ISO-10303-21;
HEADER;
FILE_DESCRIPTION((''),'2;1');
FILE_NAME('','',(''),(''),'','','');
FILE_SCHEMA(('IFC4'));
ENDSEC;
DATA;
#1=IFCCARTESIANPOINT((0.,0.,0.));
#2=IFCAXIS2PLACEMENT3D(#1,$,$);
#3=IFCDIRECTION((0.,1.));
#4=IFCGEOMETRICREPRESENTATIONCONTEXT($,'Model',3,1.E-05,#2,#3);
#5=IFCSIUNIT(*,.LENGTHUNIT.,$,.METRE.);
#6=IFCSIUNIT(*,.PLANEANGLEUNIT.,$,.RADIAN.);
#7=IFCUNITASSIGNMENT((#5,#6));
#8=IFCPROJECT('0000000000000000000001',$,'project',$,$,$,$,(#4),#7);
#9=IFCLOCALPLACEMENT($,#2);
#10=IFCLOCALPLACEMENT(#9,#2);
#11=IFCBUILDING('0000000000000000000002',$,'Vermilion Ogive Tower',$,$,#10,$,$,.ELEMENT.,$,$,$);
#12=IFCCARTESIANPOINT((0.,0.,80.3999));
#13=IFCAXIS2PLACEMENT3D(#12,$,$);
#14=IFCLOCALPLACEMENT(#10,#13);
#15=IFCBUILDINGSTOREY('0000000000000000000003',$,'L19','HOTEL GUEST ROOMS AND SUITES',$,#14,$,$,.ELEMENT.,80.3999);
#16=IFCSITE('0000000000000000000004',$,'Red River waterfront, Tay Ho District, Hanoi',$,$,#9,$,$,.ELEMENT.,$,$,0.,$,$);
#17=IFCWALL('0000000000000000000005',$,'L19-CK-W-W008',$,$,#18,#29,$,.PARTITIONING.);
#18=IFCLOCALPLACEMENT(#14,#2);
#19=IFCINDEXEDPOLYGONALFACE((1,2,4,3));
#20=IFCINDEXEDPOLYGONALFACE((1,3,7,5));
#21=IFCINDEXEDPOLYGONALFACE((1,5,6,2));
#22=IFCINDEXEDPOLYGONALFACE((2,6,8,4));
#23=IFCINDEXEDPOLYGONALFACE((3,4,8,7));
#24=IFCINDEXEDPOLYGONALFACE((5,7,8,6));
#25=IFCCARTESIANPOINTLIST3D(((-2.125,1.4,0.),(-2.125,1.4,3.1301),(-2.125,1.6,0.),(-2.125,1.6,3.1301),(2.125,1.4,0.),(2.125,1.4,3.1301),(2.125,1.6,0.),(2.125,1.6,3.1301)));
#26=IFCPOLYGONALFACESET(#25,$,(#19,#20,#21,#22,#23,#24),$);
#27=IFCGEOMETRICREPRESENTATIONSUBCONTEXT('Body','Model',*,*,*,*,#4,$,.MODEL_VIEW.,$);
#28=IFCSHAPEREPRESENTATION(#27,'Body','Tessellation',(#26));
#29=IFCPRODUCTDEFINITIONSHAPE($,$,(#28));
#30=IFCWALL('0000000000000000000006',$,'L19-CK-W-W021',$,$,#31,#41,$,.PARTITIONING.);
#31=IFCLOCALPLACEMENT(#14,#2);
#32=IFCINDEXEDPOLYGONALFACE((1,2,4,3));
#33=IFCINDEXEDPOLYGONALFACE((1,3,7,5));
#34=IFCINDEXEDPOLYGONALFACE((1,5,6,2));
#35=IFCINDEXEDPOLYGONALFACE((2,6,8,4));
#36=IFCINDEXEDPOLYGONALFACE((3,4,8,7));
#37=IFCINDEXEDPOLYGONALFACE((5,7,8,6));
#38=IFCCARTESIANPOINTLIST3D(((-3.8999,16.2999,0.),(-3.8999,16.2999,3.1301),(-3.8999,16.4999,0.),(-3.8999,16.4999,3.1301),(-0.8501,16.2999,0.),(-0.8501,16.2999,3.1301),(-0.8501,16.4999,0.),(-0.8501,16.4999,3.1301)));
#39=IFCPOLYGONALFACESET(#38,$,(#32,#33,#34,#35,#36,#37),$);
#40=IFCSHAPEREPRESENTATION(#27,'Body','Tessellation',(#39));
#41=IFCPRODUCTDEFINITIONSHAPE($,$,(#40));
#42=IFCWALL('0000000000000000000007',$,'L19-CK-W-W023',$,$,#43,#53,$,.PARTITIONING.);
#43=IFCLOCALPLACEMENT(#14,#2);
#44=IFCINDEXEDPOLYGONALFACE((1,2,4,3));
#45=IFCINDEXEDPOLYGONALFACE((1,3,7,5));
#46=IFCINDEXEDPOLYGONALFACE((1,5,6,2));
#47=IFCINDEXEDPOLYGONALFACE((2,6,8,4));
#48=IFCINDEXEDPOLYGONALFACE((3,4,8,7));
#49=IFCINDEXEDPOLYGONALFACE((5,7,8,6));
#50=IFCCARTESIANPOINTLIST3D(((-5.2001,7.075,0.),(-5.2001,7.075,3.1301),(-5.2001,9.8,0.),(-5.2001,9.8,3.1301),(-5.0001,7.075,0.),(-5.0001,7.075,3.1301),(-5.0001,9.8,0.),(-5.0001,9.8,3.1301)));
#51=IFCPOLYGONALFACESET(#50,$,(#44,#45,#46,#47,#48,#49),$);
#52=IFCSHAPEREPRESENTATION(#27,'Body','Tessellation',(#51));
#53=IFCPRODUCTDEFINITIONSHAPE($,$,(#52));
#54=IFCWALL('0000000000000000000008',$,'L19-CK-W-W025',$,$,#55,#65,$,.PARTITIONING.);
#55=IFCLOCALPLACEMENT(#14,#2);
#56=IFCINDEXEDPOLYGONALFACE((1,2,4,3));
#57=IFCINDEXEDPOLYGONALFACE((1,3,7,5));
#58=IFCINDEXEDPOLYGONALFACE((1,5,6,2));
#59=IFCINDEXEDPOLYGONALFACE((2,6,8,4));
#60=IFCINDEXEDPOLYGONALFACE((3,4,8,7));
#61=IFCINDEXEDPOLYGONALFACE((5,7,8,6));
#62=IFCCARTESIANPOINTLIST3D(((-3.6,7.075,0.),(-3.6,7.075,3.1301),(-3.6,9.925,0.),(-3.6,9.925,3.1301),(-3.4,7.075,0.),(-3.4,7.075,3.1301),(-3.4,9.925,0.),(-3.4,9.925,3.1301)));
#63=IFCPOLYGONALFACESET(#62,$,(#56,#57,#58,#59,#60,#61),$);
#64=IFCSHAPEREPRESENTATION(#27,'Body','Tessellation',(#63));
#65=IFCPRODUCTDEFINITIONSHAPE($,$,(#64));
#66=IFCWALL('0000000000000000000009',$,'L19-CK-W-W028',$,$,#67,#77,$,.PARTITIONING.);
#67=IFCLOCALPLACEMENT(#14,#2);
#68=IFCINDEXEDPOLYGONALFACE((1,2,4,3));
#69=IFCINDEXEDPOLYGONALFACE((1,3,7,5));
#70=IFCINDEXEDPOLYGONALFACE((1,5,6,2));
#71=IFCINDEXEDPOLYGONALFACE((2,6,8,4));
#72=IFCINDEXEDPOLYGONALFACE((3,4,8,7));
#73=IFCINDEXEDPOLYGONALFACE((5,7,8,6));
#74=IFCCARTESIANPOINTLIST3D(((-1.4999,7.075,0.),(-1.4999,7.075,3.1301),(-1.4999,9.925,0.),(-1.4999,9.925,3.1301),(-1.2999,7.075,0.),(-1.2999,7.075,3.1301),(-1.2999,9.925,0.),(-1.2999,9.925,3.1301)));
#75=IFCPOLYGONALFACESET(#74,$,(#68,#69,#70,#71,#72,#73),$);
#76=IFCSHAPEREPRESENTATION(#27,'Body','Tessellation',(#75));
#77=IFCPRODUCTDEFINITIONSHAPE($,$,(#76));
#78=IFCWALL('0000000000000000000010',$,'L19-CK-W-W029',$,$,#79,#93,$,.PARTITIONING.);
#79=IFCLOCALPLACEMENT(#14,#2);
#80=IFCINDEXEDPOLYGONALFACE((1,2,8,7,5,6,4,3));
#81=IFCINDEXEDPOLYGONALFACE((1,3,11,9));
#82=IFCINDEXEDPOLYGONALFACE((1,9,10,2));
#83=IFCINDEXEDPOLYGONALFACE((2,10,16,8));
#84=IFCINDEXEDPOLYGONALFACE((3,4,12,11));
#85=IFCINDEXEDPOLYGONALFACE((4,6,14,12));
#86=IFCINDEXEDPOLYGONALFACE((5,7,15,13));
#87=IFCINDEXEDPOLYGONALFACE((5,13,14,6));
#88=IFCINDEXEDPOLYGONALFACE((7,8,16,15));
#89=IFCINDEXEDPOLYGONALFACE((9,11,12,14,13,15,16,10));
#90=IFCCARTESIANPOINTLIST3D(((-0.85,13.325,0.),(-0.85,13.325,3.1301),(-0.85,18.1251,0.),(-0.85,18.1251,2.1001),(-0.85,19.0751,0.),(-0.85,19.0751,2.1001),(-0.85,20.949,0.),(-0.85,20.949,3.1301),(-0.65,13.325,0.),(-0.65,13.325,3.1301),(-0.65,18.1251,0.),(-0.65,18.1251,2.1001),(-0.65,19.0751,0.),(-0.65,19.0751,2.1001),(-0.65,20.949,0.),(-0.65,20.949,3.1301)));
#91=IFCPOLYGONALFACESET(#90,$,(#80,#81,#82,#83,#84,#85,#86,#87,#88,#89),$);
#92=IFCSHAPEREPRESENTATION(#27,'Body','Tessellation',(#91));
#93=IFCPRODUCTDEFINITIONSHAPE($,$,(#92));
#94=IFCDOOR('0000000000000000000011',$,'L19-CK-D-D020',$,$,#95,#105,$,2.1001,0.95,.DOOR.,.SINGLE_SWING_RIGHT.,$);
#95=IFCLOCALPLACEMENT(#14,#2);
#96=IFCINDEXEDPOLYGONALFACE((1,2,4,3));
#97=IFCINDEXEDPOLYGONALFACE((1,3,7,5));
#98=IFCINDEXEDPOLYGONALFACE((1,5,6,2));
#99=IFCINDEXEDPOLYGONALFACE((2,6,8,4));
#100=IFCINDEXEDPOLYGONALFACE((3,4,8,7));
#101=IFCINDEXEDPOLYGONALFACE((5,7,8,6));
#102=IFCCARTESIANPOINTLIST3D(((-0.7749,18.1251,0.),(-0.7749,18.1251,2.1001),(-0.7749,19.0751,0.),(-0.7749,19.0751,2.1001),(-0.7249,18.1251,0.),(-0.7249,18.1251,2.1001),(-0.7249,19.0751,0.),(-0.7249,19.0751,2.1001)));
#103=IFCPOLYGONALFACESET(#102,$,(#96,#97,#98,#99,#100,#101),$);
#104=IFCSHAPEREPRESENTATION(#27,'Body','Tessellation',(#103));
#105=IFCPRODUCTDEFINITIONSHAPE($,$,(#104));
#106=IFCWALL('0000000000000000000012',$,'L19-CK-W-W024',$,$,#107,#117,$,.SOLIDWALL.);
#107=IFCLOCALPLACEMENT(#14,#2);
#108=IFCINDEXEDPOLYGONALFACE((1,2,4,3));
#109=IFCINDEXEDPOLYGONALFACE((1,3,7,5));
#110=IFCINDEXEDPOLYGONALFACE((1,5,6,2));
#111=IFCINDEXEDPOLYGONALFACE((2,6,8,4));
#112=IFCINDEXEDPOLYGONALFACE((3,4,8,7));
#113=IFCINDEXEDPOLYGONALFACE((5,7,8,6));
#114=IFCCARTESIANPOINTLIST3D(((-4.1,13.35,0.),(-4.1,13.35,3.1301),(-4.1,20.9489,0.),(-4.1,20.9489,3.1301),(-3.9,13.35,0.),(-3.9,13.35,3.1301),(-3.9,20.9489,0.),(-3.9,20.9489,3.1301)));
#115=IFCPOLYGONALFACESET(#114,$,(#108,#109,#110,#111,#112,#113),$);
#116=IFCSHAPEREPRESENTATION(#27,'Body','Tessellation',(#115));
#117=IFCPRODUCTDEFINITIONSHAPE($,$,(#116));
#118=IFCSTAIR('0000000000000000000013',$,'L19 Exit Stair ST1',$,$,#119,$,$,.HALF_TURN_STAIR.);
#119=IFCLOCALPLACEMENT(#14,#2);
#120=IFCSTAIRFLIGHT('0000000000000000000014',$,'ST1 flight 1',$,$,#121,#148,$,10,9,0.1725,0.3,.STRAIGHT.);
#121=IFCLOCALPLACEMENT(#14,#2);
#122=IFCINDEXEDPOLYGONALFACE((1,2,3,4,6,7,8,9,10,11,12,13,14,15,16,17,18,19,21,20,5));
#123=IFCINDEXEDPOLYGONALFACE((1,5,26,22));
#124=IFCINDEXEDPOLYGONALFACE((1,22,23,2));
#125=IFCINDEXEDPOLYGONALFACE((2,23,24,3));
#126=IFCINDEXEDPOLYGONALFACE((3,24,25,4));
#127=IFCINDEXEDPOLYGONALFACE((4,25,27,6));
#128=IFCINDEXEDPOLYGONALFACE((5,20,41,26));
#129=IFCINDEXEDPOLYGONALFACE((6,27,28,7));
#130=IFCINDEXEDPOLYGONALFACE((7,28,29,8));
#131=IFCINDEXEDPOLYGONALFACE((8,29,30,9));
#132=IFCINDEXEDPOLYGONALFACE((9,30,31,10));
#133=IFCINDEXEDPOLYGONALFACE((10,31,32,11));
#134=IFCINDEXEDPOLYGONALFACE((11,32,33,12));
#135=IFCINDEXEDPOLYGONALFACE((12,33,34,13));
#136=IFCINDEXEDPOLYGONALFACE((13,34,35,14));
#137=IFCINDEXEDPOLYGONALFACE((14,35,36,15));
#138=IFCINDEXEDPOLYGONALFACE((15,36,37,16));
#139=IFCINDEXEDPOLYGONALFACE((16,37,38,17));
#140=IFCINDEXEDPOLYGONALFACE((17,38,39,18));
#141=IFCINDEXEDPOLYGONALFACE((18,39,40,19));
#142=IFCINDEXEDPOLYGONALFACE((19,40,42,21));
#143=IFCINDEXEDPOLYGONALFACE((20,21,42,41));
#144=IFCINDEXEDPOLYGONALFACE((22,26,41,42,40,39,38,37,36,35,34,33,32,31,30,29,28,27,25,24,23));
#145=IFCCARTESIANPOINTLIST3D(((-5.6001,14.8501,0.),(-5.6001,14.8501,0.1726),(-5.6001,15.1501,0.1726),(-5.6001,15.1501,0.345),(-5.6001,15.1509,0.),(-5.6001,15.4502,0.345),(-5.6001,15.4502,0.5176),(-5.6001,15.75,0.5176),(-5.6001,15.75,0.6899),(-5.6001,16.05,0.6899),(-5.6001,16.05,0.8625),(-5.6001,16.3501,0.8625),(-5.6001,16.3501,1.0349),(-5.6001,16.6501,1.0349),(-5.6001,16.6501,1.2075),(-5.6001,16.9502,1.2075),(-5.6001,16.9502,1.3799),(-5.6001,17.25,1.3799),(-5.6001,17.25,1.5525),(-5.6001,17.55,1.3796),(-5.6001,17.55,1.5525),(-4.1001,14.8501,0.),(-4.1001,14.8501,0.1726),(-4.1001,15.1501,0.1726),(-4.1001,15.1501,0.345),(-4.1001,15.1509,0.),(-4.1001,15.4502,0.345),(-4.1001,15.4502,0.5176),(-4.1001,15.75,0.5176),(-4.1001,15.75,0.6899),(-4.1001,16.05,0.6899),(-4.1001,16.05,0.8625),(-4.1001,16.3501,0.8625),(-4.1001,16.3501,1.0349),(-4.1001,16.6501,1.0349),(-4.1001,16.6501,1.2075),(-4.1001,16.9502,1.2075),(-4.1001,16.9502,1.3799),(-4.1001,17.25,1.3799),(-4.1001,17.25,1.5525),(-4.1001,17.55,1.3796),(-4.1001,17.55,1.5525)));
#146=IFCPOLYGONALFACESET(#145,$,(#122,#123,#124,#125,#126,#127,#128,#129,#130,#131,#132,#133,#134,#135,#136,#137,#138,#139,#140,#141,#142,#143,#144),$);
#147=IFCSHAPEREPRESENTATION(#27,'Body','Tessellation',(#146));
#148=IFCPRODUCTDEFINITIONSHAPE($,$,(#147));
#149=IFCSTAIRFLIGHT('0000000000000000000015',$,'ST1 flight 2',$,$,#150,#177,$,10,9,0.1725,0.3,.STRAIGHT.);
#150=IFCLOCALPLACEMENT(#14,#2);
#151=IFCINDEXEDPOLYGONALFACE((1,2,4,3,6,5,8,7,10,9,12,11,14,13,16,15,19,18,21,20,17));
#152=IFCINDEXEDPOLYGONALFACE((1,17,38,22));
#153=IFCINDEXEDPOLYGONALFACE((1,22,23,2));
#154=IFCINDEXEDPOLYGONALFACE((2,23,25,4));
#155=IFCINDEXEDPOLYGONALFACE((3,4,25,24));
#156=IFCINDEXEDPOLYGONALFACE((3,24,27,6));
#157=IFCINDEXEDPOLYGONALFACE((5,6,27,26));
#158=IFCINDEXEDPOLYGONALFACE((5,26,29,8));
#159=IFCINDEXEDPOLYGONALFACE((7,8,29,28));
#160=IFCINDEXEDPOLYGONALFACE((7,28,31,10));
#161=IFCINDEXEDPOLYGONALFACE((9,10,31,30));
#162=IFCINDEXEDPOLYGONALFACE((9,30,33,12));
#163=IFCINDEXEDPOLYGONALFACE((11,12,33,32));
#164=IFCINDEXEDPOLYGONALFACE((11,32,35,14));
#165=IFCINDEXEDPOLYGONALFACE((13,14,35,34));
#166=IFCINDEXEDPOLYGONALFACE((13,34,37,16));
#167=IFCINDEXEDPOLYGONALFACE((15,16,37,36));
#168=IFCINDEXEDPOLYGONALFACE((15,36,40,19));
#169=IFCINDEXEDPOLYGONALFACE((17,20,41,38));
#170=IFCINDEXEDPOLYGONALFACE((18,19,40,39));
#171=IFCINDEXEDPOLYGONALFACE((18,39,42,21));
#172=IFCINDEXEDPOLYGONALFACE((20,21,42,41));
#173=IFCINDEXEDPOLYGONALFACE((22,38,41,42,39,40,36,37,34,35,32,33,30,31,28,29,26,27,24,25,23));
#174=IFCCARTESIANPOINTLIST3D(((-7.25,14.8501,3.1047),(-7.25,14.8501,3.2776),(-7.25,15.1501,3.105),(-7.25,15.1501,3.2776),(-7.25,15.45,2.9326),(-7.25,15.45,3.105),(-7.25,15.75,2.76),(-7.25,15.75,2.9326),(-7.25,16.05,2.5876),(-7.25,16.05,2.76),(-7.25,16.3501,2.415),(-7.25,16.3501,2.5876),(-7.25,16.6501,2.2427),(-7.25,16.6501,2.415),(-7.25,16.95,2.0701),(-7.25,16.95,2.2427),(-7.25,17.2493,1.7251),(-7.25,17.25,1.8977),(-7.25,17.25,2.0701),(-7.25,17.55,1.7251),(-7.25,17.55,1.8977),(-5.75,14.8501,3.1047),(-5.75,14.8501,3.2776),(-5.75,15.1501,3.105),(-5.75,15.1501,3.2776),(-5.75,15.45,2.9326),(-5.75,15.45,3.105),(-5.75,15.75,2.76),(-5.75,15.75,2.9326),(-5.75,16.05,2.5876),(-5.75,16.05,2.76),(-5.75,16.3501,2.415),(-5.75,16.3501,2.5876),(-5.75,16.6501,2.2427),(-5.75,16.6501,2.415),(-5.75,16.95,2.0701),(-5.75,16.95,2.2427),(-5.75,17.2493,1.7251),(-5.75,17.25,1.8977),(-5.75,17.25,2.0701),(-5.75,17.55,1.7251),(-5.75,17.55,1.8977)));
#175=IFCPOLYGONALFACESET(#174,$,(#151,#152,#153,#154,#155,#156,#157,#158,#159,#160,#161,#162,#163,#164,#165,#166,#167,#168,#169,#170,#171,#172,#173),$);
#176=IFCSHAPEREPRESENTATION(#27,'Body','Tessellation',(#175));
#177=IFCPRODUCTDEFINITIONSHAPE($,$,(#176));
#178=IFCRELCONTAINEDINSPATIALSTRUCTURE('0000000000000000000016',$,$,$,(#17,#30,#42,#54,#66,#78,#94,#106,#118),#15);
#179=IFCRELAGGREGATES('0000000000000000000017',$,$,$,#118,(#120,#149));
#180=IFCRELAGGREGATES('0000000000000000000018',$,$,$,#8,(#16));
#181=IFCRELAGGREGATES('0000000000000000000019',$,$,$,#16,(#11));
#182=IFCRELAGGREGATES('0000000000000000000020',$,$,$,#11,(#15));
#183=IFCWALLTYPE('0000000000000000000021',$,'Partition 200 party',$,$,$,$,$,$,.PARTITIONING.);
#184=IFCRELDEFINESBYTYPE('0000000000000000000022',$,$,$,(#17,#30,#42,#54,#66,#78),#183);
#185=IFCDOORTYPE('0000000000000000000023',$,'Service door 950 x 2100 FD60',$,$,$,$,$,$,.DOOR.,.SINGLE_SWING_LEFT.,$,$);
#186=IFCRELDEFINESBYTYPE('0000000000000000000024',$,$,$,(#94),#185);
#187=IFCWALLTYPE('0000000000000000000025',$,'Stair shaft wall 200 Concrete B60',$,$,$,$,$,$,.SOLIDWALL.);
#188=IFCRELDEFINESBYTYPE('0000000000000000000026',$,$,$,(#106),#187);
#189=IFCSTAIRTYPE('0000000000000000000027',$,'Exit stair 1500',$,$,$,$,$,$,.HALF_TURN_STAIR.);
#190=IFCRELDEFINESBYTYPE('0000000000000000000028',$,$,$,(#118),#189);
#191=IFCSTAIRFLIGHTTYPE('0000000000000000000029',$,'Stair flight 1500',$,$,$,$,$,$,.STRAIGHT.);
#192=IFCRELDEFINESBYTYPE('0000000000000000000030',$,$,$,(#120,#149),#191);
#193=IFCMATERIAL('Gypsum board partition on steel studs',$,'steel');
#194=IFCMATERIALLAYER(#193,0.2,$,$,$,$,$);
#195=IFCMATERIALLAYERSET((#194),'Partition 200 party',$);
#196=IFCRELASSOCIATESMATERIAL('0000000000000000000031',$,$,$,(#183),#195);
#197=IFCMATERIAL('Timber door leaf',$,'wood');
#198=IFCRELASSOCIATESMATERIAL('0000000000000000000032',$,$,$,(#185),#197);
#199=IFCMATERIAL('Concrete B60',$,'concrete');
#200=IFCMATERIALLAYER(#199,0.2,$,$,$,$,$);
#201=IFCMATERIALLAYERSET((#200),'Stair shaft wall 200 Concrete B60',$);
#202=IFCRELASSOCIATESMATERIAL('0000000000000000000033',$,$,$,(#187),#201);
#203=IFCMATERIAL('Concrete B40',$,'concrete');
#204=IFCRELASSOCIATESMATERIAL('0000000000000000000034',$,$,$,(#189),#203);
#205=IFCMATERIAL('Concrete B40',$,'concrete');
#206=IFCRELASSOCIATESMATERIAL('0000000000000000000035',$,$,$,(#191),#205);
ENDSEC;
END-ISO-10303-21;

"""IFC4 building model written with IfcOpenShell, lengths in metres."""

from ifc_helpers import new_model, si_unit, direction, frame, frame_2d, origin, place, context, subcontext, project, spatial, polyline, rectangle, outline, extrude, material, layer, layer_set, type_object, element, fill, aggregate, save


model = new_model("IFC4")

# Units and contexts
model_context = context("Model", 3, precision=1e-05, world=origin(), true_north=direction((0.0, 1.0)))
body_context = subcontext(model_context, "Body", "Model", "MODEL_VIEW")
ifc_project = project(units=[si_unit("LENGTHUNIT", "METRE"), si_unit("PLANEANGLEUNIT", "RADIAN")], contexts=[model_context])

# Site, building, storey
site_placement = place(None, origin())
site = spatial("IfcSite", under=ifc_project, at=site_placement, Name="Red River waterfront, Tay Ho District, Hanoi", CompositionType="ELEMENT", RefElevation=0.0)
building_placement = place(site_placement, origin())
building = spatial("IfcBuilding", under=site, at=building_placement, Name="Vermilion Ogive Tower", CompositionType="ELEMENT")
storey_placement = place(building_placement, frame((0.0, 0.0, 80.3999)))
storey = spatial("IfcBuildingStorey", under=building, at=storey_placement, Name="L19", Description="HOTEL GUEST ROOMS AND SUITES", CompositionType="ELEMENT", Elevation=80.3999)

# Walls
ifc_material_1 = material(Name="Gypsum board partition on steel studs", Category="steel")
ifc_layer_1 = layer(ifc_material_1, 0.2)
ifc_layer_set_1 = layer_set([ifc_layer_1], Name="Partition 200 party")
wall_type_1 = type_object("IfcWallType", Name="Partition 200 party", PredefinedType="PARTITIONING", material=ifc_layer_set_1)
wall_1_placement = place(storey_placement, frame((-2.125, 1.5, 0.0), z_axis=(0.0, 0.0, 1.0), x_axis=(1.0, 0.0, 0.0)))
element("IfcWall", 1, at=wall_1_placement, inside=storey, type_object=wall_type_1, Name="L19-CK-W-W008", PredefinedType="PARTITIONING", context=body_context, shape_type="SweptSolid", body=[
    extrude(rectangle(XDim=4.25, YDim=0.2, at=frame_2d((2.125, 0.0))), origin(), (0.0, 0.0, 1.0), 3.1301),
])
wall_2_placement = place(storey_placement, frame((-3.8999, 16.3999, 0.0), z_axis=(0.0, 0.0, 1.0), x_axis=(1.0, 0.0, 0.0)))
element("IfcWall", 2, at=wall_2_placement, inside=storey, type_object=wall_type_1, Name="L19-CK-W-W021", PredefinedType="PARTITIONING", context=body_context, shape_type="SweptSolid", body=[
    extrude(rectangle(XDim=3.0498, YDim=0.2, at=frame_2d((1.5249, 0.0))), origin(), (0.0, 0.0, 1.0), 3.1301),
])
wall_3_placement = place(storey_placement, frame((-5.1001, 7.075, 0.0), z_axis=(0.0, 0.0, 1.0), x_axis=(0.0, 1.0, 0.0)))
element("IfcWall", 3, at=wall_3_placement, inside=storey, type_object=wall_type_1, Name="L19-CK-W-W023", PredefinedType="PARTITIONING", context=body_context, shape_type="SweptSolid", body=[
    extrude(rectangle(XDim=2.7251, YDim=0.2, at=frame_2d((1.3625, 0.0))), origin(), (0.0, 0.0, 1.0), 3.1301),
])
for number, where, z_axis, x_axis, name in (
    (4, (-3.5, 7.075, 0.0), (0.0, 0.0, 1.0), (0.0, 1.0, 0.0), "L19-CK-W-W025"),
    (5, (-1.3999, 7.075, 0.0), (0.0, 0.0, 1.0), (0.0, 1.0, 0.0), "L19-CK-W-W028"),
):
    element("IfcWall", number, at=place(storey_placement, frame(where, z_axis=z_axis, x_axis=x_axis)), inside=storey, type_object=wall_type_1, Name=name, PredefinedType="PARTITIONING", context=body_context, shape_type="SweptSolid", body=[
        extrude(rectangle(XDim=2.8501, YDim=0.2, at=frame_2d((1.425, 0.0))), origin(), (0.0, 0.0, 1.0), 3.1301),
    ])

# Wall, opening, door
wall_4_placement = place(storey_placement, frame((-0.75, 13.325, 0.0), z_axis=(0.0, 0.0, 1.0), x_axis=(0.0, 1.0, 0.0)))
wall_4 = element("IfcWall", 6, at=wall_4_placement, inside=storey, type_object=wall_type_1, Name="L19-CK-W-W029", PredefinedType="PARTITIONING", context=body_context, shape_type="SweptSolid", body=[
    extrude(rectangle(XDim=7.624, YDim=0.2, at=frame_2d((3.812, 0.0))), origin(), (0.0, 0.0, 1.0), 3.1301),
])
opening_1_placement = place(wall_4_placement, frame((4.8, 0.0, 0.0)))
opening_1 = element("IfcOpeningElement", 7, at=opening_1_placement, cuts=wall_4, PredefinedType="OPENING", context=body_context, shape_type="SweptSolid", body=[
    extrude(rectangle(XDim=0.95, YDim=2.1001, at=frame_2d((0.4751, 1.05))), frame((0.0, 0.1099, 0.0), z_axis=(0.0, -1.0, 0.0), x_axis=(1.0, 0.0, 0.0)), (0.0, 0.0, 1.0), 0.22),
])
ifc_material_2 = material(Name="Timber door leaf", Category="wood")
door_type_1 = type_object("IfcDoorType", Name="Service door 950 x 2100 FD60", OperationType="SINGLE_SWING_LEFT", PredefinedType="DOOR", material=ifc_material_2)
door_1_placement = place(opening_1_placement, origin())
door_1 = element("IfcDoor", 8, at=door_1_placement, inside=storey, type_object=door_type_1, Name="L19-CK-D-D020", OperationType="SINGLE_SWING_RIGHT", OverallHeight=2.1001, OverallWidth=0.95, PredefinedType="DOOR", context=body_context, shape_type="SweptSolid", body=[
    extrude(rectangle(XDim=0.95, YDim=2.1001, at=frame_2d((0.4751, 1.05))), frame((0.0, 0.0249, 0.0), z_axis=(0.0, -1.0, 0.0), x_axis=(1.0, 0.0, 0.0)), (0.0, 0.0, 1.0), 0.05),
])
fill(opening_1, door_1)

# Wall
ifc_material_3 = material(Name="Concrete B60", Category="concrete")
ifc_layer_2 = layer(ifc_material_3, 0.2)
ifc_layer_set_2 = layer_set([ifc_layer_2], Name="Stair shaft wall 200 Concrete B60")
wall_type_2 = type_object("IfcWallType", Name="Stair shaft wall 200 Concrete B60", PredefinedType="SOLIDWALL", material=ifc_layer_set_2)
wall_5_placement = place(storey_placement, frame((-4.0, 13.3501, 0.0), z_axis=(0.0, 0.0, 1.0), x_axis=(0.0, 1.0, 0.0)))
element("IfcWall", 9, at=wall_5_placement, inside=storey, type_object=wall_type_2, Name="L19-CK-W-W024", PredefinedType="SOLIDWALL", context=body_context, shape_type="SweptSolid", body=[
    extrude(rectangle(XDim=7.5989, YDim=0.2, at=frame_2d((3.7993, 0.0))), origin(), (0.0, 0.0, 1.0), 3.1301),
])

# Stair, stair flights
ifc_material_4 = material(Name="Concrete B40", Category="concrete")
stair_type = type_object("IfcStairType", Name="Exit stair 1500", PredefinedType="HALF_TURN_STAIR", material=ifc_material_4)
stair_placement = place(storey_placement, origin())
stair = element("IfcStair", 10, at=stair_placement, inside=storey, type_object=stair_type, Name="L19 Exit Stair ST1", PredefinedType="HALF_TURN_STAIR")
ifc_material_5 = material(Name="Concrete B40", Category="concrete")
stair_flight_type = type_object("IfcStairFlightType", Name="Stair flight 1500", PredefinedType="STRAIGHT", material=ifc_material_5)
stair_flight_1_placement = place(storey_placement, frame((-4.8501, 14.8501, 0.0), z_axis=(0.0, 0.0, 1.0), x_axis=(0.0, 1.0, 0.0)))
stair_flight_1 = element("IfcStairFlight", 11, at=stair_flight_1_placement, type_object=stair_flight_type, Name="ST1 flight 1", NumberOfRisers=10, NumberOfTreads=9, PredefinedType="STRAIGHT", RiserHeight=0.1725, TreadLength=0.3, context=body_context, shape_type="SweptSolid", body=[
    extrude(outline(polyline([(0.0, 0.0), (0.0, 0.1726), (0.3, 0.1726), (0.3, 0.345), (0.6001, 0.345), (0.6001, 0.5176), (0.8999, 0.5176), (0.8999, 0.6899), (1.2, 0.6899), (1.2, 0.8625), (1.5, 0.8625), (1.5, 1.0349), (1.8, 1.0349), (1.8, 1.2075), (2.1001, 1.2075), (2.1001, 1.3799), (2.3999, 1.3799), (2.3999, 1.5525), (2.7, 1.5525), (2.7, 1.7251), (2.7, 1.3796), (0.3008, 0.0), (0.0, 0.0)])), frame((0.0, 0.75, 0.0), z_axis=(0.0, -1.0, 0.0), x_axis=(1.0, 0.0, 0.0)), (0.0, 0.0, 1.0), 1.5),
])
stair_flight_2_placement = place(storey_placement, frame((-6.5, 17.55, 1.7251), z_axis=(0.0, 0.0, 1.0), x_axis=(0.0, -1.0, 0.0)))
stair_flight_2 = element("IfcStairFlight", 12, at=stair_flight_2_placement, type_object=stair_flight_type, Name="ST1 flight 2", NumberOfRisers=10, NumberOfTreads=9, PredefinedType="STRAIGHT", RiserHeight=0.1725, TreadLength=0.3, context=body_context, shape_type="SweptSolid", body=[
    extrude(outline(polyline([(0.0, 0.0), (0.0, 0.1726), (0.3, 0.1726), (0.3, 0.345), (0.6001, 0.345), (0.6001, 0.5176), (0.8999, 0.5176), (0.8999, 0.6899), (1.2, 0.6899), (1.2, 0.8625), (1.5, 0.8625), (1.5, 1.0349), (1.8, 1.0349), (1.8, 1.2075), (2.1001, 1.2075), (2.1001, 1.3799), (2.3999, 1.3799), (2.3999, 1.5525), (2.7, 1.5525), (2.7, 1.7251), (2.7, 1.3796), (0.3008, 0.0), (0.0, 0.0)])), frame((0.0, 0.75, 0.0), z_axis=(0.0, -1.0, 0.0), x_axis=(1.0, 0.0, 0.0)), (0.0, 0.0, 1.0), 1.5),
])
aggregate(stair, [stair_flight_1, stair_flight_2])

save(model, "model.ifc")
